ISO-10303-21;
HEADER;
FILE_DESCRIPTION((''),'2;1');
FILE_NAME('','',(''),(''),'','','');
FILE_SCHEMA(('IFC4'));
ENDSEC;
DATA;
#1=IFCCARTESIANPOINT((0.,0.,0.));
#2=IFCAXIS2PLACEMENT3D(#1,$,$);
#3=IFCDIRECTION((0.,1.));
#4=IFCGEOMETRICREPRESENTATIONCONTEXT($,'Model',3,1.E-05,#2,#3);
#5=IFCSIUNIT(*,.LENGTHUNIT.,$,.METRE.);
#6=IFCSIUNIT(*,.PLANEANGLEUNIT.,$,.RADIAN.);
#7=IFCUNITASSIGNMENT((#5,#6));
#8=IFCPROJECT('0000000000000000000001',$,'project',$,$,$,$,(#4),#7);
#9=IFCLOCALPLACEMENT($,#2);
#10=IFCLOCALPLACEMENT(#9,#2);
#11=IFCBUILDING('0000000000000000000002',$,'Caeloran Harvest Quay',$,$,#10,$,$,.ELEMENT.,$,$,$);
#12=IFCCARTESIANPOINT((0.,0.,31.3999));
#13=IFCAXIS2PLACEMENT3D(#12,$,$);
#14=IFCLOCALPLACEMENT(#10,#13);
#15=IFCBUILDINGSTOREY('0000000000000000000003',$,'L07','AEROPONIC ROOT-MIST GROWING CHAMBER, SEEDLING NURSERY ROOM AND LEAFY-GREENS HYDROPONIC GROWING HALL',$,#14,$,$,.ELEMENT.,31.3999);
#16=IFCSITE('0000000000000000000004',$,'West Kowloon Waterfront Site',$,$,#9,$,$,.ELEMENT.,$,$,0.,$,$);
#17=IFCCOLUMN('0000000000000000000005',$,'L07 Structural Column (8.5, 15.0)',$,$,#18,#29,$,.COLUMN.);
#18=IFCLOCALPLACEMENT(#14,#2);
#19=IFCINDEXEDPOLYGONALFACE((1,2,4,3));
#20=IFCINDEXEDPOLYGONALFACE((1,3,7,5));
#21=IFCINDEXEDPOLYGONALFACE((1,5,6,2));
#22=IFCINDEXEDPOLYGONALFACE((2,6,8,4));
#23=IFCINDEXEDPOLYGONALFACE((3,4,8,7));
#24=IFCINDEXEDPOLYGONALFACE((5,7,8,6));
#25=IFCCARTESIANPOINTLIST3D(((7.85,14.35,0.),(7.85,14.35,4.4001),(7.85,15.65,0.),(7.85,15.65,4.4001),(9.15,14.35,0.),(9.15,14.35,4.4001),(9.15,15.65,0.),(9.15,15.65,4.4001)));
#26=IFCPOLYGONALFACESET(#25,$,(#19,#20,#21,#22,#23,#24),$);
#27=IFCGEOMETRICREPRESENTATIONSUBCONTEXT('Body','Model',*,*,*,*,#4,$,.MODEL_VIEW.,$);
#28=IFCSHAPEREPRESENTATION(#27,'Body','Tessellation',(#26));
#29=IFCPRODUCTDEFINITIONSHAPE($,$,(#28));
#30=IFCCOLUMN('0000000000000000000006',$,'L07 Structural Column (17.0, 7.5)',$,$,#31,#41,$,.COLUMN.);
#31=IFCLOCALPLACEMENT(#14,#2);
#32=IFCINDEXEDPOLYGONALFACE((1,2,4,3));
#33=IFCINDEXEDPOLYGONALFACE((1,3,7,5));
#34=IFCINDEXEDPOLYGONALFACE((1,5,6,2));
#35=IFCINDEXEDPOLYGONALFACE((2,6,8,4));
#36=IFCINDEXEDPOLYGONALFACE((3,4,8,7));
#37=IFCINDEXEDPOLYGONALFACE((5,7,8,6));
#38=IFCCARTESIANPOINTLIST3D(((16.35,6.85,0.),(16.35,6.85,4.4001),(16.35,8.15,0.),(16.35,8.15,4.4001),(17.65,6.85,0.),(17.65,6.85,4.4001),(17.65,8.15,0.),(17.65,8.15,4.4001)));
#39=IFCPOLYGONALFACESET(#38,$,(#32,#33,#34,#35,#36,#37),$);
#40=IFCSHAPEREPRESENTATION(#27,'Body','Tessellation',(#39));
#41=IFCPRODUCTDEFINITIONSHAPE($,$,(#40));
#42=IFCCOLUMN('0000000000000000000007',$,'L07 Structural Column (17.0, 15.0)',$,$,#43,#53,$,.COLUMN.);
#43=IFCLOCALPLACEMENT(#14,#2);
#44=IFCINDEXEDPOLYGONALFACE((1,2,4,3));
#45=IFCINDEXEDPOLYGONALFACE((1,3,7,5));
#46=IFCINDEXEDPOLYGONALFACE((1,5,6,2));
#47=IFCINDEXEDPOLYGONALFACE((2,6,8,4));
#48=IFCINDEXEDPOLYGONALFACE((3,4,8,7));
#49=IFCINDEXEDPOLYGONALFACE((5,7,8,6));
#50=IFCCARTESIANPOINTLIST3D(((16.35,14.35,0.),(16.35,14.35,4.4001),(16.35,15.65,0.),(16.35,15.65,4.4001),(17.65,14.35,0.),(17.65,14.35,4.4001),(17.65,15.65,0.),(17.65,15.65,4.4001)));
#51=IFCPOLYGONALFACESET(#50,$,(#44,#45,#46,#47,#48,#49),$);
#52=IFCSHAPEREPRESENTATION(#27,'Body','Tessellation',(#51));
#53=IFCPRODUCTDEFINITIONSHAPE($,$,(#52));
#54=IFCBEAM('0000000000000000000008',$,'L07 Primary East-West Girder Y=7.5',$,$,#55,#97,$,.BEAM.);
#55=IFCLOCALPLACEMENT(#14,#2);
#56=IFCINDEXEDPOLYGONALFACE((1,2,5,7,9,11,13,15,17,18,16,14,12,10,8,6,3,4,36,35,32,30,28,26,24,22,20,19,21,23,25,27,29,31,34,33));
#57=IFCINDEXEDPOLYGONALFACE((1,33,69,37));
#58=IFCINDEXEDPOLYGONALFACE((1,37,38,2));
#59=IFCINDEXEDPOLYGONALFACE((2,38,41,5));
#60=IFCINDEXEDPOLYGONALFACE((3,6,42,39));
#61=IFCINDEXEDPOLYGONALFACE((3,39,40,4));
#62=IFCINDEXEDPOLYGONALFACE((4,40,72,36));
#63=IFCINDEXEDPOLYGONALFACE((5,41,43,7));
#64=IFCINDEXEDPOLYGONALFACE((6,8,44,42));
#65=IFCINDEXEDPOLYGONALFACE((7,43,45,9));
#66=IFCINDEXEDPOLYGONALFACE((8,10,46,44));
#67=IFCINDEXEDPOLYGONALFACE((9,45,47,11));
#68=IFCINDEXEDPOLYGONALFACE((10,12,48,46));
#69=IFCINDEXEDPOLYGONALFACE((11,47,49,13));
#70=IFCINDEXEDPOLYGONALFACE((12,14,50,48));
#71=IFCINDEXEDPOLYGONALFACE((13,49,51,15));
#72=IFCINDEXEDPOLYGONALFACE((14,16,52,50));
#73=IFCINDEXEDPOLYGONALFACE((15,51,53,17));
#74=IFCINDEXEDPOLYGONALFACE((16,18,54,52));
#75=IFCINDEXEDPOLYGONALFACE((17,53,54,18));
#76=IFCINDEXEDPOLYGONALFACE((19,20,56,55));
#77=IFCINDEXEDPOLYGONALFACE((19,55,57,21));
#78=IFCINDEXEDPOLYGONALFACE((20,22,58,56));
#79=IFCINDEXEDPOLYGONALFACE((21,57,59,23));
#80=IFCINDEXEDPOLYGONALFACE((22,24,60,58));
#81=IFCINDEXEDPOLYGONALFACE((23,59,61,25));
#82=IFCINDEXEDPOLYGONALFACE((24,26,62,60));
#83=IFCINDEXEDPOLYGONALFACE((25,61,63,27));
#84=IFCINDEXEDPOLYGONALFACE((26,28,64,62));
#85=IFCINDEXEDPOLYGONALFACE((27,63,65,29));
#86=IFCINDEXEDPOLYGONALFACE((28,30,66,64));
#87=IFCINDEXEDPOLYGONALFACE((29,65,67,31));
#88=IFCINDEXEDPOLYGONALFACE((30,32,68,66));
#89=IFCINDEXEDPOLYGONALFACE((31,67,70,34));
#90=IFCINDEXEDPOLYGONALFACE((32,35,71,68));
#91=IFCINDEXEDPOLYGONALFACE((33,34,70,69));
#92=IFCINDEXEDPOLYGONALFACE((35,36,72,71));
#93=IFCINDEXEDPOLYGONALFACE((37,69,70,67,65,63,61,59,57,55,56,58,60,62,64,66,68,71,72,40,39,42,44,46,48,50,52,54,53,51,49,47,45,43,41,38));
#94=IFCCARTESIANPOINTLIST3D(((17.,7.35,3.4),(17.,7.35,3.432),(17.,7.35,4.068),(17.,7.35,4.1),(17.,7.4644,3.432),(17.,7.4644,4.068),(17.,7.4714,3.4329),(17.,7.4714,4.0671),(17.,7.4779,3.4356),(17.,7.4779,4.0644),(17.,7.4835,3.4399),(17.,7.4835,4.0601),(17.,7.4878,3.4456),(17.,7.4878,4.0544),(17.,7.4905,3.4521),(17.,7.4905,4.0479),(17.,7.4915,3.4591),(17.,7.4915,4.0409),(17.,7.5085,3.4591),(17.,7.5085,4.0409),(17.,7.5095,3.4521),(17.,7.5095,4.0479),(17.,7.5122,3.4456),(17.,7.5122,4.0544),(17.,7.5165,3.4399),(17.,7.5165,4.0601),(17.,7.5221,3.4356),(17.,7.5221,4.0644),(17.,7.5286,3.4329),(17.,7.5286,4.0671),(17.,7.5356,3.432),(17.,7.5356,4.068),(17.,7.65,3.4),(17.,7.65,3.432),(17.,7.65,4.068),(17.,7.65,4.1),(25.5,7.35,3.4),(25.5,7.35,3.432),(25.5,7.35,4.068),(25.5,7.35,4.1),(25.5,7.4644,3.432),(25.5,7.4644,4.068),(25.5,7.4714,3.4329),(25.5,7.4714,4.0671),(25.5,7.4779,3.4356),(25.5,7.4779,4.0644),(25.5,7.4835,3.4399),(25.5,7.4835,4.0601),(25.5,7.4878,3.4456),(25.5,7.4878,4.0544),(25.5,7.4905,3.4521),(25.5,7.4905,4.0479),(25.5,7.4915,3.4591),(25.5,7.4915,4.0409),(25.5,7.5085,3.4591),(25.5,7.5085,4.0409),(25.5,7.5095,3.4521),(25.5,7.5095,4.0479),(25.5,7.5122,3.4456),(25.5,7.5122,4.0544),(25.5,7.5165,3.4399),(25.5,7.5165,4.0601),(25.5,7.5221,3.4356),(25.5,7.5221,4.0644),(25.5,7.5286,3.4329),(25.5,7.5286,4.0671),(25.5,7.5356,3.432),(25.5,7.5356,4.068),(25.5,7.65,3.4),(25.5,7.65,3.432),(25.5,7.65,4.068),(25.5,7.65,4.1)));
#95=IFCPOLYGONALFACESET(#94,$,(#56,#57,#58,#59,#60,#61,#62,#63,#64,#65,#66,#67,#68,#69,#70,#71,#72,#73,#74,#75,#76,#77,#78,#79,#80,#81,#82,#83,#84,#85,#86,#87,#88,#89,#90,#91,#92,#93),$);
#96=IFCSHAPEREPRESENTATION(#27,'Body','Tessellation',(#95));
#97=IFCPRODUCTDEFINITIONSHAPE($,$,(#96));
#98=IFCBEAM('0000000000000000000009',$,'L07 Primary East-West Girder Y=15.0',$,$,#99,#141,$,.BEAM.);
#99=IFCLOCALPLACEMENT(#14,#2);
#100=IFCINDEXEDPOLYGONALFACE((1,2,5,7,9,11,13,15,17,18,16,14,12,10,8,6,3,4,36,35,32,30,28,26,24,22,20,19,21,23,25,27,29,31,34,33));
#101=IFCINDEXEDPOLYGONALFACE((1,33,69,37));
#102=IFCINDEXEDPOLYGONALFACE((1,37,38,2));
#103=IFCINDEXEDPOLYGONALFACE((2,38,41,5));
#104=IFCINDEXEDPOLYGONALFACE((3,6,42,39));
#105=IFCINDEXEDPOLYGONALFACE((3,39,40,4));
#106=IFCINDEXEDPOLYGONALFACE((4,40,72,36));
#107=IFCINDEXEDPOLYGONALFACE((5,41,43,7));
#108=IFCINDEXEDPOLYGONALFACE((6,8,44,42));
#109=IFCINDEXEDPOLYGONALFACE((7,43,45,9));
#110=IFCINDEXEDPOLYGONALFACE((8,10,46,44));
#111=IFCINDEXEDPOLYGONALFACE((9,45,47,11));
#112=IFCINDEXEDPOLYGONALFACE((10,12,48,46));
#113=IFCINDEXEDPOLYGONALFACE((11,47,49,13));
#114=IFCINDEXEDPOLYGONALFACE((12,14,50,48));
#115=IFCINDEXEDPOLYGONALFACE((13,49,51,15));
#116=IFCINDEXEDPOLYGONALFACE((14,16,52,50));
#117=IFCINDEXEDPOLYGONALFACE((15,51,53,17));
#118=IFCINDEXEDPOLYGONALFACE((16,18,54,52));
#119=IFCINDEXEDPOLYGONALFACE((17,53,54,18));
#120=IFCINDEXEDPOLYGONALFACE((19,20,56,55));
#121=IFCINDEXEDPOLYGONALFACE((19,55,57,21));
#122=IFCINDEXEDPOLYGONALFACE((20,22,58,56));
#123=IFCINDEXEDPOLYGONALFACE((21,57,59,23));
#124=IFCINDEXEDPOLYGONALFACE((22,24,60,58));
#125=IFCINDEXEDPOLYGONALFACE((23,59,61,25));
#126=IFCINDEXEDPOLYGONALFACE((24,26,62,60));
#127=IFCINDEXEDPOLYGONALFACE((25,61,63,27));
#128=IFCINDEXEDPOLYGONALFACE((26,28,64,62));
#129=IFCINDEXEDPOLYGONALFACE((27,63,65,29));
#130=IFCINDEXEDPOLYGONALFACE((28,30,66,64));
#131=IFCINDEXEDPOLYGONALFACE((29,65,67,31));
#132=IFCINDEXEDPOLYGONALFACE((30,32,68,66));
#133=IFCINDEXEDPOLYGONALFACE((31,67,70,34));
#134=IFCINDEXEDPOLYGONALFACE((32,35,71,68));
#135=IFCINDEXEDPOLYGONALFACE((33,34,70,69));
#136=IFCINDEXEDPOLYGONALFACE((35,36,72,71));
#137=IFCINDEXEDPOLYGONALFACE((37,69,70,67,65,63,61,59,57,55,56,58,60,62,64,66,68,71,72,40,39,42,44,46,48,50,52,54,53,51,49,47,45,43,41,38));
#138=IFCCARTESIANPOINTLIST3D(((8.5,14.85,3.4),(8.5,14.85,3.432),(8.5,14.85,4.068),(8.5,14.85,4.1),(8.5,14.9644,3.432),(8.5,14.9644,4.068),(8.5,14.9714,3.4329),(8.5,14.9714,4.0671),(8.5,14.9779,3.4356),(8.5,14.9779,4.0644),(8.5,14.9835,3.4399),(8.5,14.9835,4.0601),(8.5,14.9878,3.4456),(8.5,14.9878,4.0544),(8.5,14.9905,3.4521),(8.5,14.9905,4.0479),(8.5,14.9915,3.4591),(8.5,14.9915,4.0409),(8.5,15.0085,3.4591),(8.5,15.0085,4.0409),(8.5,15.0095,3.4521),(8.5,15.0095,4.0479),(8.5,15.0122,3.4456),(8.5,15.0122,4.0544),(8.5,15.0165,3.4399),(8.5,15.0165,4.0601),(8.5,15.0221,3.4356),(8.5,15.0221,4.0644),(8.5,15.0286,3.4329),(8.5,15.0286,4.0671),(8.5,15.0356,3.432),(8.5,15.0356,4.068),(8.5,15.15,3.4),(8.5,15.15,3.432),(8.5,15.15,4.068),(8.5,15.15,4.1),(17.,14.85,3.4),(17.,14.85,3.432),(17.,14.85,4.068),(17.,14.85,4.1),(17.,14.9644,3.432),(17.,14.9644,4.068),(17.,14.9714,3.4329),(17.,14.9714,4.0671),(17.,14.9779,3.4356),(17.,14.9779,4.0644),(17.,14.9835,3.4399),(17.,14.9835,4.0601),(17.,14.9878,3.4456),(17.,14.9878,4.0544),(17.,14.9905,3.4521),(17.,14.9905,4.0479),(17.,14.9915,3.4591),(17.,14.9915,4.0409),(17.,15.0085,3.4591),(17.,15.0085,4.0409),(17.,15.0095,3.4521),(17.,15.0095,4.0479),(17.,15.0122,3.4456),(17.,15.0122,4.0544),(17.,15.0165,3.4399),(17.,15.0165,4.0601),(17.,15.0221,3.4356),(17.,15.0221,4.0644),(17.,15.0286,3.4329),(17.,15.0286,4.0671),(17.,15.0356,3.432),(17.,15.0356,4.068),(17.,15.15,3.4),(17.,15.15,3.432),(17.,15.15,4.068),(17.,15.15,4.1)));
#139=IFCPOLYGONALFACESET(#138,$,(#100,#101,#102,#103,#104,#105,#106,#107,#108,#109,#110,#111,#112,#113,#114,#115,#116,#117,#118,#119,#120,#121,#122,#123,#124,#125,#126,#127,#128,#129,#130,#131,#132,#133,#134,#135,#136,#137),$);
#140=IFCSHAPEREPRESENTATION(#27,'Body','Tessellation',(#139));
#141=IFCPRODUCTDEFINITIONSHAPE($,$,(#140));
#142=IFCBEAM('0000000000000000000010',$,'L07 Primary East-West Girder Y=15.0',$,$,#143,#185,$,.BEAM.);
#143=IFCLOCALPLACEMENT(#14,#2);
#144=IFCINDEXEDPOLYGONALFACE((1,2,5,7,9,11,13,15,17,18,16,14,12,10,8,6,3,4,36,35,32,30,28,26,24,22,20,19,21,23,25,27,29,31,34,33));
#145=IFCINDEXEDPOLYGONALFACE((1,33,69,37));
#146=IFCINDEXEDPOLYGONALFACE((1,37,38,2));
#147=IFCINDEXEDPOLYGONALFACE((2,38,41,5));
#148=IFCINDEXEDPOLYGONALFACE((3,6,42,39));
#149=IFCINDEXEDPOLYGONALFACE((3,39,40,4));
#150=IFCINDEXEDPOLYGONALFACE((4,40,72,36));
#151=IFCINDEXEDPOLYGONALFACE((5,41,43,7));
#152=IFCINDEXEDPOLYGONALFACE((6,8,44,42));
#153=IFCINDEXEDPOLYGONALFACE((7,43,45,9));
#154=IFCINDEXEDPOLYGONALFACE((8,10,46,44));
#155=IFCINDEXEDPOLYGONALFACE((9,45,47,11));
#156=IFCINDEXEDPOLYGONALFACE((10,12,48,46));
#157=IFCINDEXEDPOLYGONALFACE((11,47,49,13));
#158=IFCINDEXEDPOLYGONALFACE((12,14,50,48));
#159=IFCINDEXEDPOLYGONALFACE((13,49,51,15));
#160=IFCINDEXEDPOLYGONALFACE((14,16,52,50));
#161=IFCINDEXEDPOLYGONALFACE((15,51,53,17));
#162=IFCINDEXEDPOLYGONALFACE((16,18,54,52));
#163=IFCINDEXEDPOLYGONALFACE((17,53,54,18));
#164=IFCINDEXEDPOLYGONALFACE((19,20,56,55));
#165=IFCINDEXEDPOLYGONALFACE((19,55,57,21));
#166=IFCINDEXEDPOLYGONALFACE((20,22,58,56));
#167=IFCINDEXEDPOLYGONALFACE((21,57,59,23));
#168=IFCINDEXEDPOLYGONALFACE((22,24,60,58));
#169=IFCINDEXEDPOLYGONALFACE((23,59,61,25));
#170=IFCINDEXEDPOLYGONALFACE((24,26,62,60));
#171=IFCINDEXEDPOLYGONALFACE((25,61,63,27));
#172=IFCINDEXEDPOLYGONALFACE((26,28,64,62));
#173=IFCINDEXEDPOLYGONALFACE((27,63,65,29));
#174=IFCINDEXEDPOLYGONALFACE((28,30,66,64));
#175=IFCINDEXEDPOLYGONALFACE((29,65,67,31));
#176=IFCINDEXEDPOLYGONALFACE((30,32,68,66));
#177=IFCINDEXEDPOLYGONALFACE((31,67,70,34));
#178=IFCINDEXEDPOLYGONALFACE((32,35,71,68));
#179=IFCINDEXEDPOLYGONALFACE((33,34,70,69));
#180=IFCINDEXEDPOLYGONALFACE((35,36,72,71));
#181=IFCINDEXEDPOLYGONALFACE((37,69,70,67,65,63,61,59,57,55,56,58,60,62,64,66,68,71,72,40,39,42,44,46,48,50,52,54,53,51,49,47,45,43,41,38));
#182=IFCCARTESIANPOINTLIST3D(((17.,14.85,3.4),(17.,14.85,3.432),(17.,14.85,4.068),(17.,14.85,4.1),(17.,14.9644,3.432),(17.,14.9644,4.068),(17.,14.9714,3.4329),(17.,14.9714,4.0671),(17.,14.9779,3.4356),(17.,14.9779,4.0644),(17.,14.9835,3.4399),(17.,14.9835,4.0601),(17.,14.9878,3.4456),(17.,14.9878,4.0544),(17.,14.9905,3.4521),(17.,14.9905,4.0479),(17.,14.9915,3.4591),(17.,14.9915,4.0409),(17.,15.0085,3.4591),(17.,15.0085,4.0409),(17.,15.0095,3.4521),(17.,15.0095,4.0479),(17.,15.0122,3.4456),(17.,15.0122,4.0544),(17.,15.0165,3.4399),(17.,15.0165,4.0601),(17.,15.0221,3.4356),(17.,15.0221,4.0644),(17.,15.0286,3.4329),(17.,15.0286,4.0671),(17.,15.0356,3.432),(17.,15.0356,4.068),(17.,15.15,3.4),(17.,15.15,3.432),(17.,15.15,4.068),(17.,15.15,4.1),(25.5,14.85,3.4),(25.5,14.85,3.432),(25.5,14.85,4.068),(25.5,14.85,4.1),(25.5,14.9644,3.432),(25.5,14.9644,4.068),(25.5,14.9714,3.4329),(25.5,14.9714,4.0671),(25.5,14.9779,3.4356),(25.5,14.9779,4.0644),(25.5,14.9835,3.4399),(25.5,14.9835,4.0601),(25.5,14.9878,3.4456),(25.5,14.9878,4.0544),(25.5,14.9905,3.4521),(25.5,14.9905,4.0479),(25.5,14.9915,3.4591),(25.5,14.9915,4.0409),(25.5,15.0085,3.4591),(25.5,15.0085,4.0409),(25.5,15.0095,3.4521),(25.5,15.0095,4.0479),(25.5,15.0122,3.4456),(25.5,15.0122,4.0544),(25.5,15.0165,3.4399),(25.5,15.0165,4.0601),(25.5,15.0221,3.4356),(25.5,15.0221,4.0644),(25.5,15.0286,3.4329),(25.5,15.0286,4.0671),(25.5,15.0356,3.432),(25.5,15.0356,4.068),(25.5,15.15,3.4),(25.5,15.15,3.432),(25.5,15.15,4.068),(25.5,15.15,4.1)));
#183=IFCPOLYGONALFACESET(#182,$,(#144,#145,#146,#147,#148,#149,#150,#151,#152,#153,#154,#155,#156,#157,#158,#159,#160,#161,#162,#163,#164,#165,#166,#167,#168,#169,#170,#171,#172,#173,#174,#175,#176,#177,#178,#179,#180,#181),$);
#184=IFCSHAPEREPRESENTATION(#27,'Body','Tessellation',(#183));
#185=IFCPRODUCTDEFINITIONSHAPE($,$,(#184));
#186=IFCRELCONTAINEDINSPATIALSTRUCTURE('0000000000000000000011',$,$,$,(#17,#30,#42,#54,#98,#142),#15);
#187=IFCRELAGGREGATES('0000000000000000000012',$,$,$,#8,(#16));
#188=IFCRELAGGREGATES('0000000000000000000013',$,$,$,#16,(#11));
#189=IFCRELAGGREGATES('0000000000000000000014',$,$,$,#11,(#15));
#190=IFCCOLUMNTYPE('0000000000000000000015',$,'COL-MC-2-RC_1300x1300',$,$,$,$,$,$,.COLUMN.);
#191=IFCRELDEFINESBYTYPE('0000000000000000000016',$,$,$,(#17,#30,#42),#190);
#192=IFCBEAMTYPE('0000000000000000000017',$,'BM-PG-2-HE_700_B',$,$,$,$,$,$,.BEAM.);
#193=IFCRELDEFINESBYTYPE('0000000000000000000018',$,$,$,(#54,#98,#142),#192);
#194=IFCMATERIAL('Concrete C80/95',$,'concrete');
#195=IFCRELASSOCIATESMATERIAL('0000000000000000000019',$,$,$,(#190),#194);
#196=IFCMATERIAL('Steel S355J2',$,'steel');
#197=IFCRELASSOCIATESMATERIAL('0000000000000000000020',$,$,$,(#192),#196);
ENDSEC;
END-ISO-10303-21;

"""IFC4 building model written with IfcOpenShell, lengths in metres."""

from ifc_helpers import new_model, si_unit, direction, frame, origin, origin_2d, place, context, subcontext, project, spatial, rectangle, i_section, extrude, material, material_profile, profile_set, type_object, element, save


model = new_model("IFC4")

# Units and contexts
model_context = context("Model", 3, precision=1e-05, world=origin(), true_north=direction((0.0, 1.0)))
body_context = subcontext(model_context, "Body", "Model", "MODEL_VIEW")
ifc_project = project(units=[si_unit("LENGTHUNIT", "METRE"), si_unit("PLANEANGLEUNIT", "RADIAN")], contexts=[model_context])

# Site, building, storey
site_placement = place(None, origin())
site = spatial("IfcSite", under=ifc_project, at=site_placement, Name="West Kowloon Waterfront Site", CompositionType="ELEMENT", RefElevation=0.0)
building_placement = place(site_placement, origin())
building = spatial("IfcBuilding", under=site, at=building_placement, Name="Caeloran Harvest Quay", CompositionType="ELEMENT")
storey_placement = place(building_placement, frame((0.0, 0.0, 31.3999)))
storey = spatial("IfcBuildingStorey", under=building, at=storey_placement, Name="L07", Description="AEROPONIC ROOT-MIST GROWING CHAMBER, SEEDLING NURSERY ROOM AND LEAFY-GREENS HYDROPONIC GROWING HALL", CompositionType="ELEMENT", Elevation=31.3999)

# Columns
ifc_material_1 = material(Name="Concrete C80/95", Category="concrete")
ifc_material_profile_1 = material_profile(ifc_material_1, rectangle(XDim=1.3, YDim=1.3, at=origin_2d()), Name="RC 1300x1300")
ifc_profile_set_1 = profile_set([ifc_material_profile_1], Name="Concrete C80/95")
column_type = type_object("IfcColumnType", Name="COL-MC-2-RC_1300x1300", PredefinedType="COLUMN", material=ifc_profile_set_1)
for number, where, z_axis, x_axis, name in (
    (1, (8.5, 15.0, 0.0), (0.0, 0.0, 1.0), (1.0, 0.0, 0.0), "L07 Structural Column (8.5, 15.0)"),
    (2, (17.0, 7.5, 0.0), (0.0, 0.0, 1.0), (1.0, 0.0, 0.0), "L07 Structural Column (17.0, 7.5)"),
    (3, (17.0, 15.0, 0.0), (0.0, 0.0, 1.0), (1.0, 0.0, 0.0), "L07 Structural Column (17.0, 15.0)"),
):
    element("IfcColumn", number, at=place(storey_placement, frame(where, z_axis=z_axis, x_axis=x_axis)), inside=storey, type_object=column_type, Name=name, PredefinedType="COLUMN", context=body_context, shape_type="SweptSolid", body=[
        extrude(rectangle(XDim=1.3, YDim=1.3, at=origin_2d()), origin(), (0.0, 0.0, 1.0), 4.4001),
    ])

# Beams
ifc_material_2 = material(Name="Steel S355J2", Category="steel")
ifc_material_profile_2 = material_profile(ifc_material_2, i_section(OverallWidth=0.3, OverallDepth=0.7, WebThickness=0.0171, FlangeThickness=0.032, FilletRadius=0.0271, at=origin_2d()), Name="HE 700 B")
ifc_profile_set_2 = profile_set([ifc_material_profile_2], Name="Steel S355J2")
beam_type_1 = type_object("IfcBeamType", Name="BM-PG-2-HE_700_B", PredefinedType="BEAM", material=ifc_profile_set_2)
for number, where, z_axis, x_axis, name in (
    (4, (17.0, 7.5, 3.75), (1.0, 0.0, 0.0), (0.0, 1.0, 0.0), "L07 Primary East-West Girder Y=7.5"),
    (5, (8.5, 15.0, 3.75), (1.0, 0.0, 0.0), (0.0, 1.0, 0.0), "L07 Primary East-West Girder Y=15.0"),
    (6, (17.0, 15.0, 3.75), (1.0, 0.0, 0.0), (0.0, 1.0, 0.0), "L07 Primary East-West Girder Y=15.0"),
):
    element("IfcBeam", number, at=place(storey_placement, frame(where, z_axis=z_axis, x_axis=x_axis)), inside=storey, type_object=beam_type_1, Name=name, PredefinedType="BEAM", context=body_context, shape_type="SweptSolid", body=[
        extrude(i_section(OverallWidth=0.3, OverallDepth=0.7, WebThickness=0.0171, FlangeThickness=0.032, FilletRadius=0.0271, at=origin_2d()), origin(), (0.0, 0.0, 1.0), 8.5),
    ])

save(model, "model.ifc")
